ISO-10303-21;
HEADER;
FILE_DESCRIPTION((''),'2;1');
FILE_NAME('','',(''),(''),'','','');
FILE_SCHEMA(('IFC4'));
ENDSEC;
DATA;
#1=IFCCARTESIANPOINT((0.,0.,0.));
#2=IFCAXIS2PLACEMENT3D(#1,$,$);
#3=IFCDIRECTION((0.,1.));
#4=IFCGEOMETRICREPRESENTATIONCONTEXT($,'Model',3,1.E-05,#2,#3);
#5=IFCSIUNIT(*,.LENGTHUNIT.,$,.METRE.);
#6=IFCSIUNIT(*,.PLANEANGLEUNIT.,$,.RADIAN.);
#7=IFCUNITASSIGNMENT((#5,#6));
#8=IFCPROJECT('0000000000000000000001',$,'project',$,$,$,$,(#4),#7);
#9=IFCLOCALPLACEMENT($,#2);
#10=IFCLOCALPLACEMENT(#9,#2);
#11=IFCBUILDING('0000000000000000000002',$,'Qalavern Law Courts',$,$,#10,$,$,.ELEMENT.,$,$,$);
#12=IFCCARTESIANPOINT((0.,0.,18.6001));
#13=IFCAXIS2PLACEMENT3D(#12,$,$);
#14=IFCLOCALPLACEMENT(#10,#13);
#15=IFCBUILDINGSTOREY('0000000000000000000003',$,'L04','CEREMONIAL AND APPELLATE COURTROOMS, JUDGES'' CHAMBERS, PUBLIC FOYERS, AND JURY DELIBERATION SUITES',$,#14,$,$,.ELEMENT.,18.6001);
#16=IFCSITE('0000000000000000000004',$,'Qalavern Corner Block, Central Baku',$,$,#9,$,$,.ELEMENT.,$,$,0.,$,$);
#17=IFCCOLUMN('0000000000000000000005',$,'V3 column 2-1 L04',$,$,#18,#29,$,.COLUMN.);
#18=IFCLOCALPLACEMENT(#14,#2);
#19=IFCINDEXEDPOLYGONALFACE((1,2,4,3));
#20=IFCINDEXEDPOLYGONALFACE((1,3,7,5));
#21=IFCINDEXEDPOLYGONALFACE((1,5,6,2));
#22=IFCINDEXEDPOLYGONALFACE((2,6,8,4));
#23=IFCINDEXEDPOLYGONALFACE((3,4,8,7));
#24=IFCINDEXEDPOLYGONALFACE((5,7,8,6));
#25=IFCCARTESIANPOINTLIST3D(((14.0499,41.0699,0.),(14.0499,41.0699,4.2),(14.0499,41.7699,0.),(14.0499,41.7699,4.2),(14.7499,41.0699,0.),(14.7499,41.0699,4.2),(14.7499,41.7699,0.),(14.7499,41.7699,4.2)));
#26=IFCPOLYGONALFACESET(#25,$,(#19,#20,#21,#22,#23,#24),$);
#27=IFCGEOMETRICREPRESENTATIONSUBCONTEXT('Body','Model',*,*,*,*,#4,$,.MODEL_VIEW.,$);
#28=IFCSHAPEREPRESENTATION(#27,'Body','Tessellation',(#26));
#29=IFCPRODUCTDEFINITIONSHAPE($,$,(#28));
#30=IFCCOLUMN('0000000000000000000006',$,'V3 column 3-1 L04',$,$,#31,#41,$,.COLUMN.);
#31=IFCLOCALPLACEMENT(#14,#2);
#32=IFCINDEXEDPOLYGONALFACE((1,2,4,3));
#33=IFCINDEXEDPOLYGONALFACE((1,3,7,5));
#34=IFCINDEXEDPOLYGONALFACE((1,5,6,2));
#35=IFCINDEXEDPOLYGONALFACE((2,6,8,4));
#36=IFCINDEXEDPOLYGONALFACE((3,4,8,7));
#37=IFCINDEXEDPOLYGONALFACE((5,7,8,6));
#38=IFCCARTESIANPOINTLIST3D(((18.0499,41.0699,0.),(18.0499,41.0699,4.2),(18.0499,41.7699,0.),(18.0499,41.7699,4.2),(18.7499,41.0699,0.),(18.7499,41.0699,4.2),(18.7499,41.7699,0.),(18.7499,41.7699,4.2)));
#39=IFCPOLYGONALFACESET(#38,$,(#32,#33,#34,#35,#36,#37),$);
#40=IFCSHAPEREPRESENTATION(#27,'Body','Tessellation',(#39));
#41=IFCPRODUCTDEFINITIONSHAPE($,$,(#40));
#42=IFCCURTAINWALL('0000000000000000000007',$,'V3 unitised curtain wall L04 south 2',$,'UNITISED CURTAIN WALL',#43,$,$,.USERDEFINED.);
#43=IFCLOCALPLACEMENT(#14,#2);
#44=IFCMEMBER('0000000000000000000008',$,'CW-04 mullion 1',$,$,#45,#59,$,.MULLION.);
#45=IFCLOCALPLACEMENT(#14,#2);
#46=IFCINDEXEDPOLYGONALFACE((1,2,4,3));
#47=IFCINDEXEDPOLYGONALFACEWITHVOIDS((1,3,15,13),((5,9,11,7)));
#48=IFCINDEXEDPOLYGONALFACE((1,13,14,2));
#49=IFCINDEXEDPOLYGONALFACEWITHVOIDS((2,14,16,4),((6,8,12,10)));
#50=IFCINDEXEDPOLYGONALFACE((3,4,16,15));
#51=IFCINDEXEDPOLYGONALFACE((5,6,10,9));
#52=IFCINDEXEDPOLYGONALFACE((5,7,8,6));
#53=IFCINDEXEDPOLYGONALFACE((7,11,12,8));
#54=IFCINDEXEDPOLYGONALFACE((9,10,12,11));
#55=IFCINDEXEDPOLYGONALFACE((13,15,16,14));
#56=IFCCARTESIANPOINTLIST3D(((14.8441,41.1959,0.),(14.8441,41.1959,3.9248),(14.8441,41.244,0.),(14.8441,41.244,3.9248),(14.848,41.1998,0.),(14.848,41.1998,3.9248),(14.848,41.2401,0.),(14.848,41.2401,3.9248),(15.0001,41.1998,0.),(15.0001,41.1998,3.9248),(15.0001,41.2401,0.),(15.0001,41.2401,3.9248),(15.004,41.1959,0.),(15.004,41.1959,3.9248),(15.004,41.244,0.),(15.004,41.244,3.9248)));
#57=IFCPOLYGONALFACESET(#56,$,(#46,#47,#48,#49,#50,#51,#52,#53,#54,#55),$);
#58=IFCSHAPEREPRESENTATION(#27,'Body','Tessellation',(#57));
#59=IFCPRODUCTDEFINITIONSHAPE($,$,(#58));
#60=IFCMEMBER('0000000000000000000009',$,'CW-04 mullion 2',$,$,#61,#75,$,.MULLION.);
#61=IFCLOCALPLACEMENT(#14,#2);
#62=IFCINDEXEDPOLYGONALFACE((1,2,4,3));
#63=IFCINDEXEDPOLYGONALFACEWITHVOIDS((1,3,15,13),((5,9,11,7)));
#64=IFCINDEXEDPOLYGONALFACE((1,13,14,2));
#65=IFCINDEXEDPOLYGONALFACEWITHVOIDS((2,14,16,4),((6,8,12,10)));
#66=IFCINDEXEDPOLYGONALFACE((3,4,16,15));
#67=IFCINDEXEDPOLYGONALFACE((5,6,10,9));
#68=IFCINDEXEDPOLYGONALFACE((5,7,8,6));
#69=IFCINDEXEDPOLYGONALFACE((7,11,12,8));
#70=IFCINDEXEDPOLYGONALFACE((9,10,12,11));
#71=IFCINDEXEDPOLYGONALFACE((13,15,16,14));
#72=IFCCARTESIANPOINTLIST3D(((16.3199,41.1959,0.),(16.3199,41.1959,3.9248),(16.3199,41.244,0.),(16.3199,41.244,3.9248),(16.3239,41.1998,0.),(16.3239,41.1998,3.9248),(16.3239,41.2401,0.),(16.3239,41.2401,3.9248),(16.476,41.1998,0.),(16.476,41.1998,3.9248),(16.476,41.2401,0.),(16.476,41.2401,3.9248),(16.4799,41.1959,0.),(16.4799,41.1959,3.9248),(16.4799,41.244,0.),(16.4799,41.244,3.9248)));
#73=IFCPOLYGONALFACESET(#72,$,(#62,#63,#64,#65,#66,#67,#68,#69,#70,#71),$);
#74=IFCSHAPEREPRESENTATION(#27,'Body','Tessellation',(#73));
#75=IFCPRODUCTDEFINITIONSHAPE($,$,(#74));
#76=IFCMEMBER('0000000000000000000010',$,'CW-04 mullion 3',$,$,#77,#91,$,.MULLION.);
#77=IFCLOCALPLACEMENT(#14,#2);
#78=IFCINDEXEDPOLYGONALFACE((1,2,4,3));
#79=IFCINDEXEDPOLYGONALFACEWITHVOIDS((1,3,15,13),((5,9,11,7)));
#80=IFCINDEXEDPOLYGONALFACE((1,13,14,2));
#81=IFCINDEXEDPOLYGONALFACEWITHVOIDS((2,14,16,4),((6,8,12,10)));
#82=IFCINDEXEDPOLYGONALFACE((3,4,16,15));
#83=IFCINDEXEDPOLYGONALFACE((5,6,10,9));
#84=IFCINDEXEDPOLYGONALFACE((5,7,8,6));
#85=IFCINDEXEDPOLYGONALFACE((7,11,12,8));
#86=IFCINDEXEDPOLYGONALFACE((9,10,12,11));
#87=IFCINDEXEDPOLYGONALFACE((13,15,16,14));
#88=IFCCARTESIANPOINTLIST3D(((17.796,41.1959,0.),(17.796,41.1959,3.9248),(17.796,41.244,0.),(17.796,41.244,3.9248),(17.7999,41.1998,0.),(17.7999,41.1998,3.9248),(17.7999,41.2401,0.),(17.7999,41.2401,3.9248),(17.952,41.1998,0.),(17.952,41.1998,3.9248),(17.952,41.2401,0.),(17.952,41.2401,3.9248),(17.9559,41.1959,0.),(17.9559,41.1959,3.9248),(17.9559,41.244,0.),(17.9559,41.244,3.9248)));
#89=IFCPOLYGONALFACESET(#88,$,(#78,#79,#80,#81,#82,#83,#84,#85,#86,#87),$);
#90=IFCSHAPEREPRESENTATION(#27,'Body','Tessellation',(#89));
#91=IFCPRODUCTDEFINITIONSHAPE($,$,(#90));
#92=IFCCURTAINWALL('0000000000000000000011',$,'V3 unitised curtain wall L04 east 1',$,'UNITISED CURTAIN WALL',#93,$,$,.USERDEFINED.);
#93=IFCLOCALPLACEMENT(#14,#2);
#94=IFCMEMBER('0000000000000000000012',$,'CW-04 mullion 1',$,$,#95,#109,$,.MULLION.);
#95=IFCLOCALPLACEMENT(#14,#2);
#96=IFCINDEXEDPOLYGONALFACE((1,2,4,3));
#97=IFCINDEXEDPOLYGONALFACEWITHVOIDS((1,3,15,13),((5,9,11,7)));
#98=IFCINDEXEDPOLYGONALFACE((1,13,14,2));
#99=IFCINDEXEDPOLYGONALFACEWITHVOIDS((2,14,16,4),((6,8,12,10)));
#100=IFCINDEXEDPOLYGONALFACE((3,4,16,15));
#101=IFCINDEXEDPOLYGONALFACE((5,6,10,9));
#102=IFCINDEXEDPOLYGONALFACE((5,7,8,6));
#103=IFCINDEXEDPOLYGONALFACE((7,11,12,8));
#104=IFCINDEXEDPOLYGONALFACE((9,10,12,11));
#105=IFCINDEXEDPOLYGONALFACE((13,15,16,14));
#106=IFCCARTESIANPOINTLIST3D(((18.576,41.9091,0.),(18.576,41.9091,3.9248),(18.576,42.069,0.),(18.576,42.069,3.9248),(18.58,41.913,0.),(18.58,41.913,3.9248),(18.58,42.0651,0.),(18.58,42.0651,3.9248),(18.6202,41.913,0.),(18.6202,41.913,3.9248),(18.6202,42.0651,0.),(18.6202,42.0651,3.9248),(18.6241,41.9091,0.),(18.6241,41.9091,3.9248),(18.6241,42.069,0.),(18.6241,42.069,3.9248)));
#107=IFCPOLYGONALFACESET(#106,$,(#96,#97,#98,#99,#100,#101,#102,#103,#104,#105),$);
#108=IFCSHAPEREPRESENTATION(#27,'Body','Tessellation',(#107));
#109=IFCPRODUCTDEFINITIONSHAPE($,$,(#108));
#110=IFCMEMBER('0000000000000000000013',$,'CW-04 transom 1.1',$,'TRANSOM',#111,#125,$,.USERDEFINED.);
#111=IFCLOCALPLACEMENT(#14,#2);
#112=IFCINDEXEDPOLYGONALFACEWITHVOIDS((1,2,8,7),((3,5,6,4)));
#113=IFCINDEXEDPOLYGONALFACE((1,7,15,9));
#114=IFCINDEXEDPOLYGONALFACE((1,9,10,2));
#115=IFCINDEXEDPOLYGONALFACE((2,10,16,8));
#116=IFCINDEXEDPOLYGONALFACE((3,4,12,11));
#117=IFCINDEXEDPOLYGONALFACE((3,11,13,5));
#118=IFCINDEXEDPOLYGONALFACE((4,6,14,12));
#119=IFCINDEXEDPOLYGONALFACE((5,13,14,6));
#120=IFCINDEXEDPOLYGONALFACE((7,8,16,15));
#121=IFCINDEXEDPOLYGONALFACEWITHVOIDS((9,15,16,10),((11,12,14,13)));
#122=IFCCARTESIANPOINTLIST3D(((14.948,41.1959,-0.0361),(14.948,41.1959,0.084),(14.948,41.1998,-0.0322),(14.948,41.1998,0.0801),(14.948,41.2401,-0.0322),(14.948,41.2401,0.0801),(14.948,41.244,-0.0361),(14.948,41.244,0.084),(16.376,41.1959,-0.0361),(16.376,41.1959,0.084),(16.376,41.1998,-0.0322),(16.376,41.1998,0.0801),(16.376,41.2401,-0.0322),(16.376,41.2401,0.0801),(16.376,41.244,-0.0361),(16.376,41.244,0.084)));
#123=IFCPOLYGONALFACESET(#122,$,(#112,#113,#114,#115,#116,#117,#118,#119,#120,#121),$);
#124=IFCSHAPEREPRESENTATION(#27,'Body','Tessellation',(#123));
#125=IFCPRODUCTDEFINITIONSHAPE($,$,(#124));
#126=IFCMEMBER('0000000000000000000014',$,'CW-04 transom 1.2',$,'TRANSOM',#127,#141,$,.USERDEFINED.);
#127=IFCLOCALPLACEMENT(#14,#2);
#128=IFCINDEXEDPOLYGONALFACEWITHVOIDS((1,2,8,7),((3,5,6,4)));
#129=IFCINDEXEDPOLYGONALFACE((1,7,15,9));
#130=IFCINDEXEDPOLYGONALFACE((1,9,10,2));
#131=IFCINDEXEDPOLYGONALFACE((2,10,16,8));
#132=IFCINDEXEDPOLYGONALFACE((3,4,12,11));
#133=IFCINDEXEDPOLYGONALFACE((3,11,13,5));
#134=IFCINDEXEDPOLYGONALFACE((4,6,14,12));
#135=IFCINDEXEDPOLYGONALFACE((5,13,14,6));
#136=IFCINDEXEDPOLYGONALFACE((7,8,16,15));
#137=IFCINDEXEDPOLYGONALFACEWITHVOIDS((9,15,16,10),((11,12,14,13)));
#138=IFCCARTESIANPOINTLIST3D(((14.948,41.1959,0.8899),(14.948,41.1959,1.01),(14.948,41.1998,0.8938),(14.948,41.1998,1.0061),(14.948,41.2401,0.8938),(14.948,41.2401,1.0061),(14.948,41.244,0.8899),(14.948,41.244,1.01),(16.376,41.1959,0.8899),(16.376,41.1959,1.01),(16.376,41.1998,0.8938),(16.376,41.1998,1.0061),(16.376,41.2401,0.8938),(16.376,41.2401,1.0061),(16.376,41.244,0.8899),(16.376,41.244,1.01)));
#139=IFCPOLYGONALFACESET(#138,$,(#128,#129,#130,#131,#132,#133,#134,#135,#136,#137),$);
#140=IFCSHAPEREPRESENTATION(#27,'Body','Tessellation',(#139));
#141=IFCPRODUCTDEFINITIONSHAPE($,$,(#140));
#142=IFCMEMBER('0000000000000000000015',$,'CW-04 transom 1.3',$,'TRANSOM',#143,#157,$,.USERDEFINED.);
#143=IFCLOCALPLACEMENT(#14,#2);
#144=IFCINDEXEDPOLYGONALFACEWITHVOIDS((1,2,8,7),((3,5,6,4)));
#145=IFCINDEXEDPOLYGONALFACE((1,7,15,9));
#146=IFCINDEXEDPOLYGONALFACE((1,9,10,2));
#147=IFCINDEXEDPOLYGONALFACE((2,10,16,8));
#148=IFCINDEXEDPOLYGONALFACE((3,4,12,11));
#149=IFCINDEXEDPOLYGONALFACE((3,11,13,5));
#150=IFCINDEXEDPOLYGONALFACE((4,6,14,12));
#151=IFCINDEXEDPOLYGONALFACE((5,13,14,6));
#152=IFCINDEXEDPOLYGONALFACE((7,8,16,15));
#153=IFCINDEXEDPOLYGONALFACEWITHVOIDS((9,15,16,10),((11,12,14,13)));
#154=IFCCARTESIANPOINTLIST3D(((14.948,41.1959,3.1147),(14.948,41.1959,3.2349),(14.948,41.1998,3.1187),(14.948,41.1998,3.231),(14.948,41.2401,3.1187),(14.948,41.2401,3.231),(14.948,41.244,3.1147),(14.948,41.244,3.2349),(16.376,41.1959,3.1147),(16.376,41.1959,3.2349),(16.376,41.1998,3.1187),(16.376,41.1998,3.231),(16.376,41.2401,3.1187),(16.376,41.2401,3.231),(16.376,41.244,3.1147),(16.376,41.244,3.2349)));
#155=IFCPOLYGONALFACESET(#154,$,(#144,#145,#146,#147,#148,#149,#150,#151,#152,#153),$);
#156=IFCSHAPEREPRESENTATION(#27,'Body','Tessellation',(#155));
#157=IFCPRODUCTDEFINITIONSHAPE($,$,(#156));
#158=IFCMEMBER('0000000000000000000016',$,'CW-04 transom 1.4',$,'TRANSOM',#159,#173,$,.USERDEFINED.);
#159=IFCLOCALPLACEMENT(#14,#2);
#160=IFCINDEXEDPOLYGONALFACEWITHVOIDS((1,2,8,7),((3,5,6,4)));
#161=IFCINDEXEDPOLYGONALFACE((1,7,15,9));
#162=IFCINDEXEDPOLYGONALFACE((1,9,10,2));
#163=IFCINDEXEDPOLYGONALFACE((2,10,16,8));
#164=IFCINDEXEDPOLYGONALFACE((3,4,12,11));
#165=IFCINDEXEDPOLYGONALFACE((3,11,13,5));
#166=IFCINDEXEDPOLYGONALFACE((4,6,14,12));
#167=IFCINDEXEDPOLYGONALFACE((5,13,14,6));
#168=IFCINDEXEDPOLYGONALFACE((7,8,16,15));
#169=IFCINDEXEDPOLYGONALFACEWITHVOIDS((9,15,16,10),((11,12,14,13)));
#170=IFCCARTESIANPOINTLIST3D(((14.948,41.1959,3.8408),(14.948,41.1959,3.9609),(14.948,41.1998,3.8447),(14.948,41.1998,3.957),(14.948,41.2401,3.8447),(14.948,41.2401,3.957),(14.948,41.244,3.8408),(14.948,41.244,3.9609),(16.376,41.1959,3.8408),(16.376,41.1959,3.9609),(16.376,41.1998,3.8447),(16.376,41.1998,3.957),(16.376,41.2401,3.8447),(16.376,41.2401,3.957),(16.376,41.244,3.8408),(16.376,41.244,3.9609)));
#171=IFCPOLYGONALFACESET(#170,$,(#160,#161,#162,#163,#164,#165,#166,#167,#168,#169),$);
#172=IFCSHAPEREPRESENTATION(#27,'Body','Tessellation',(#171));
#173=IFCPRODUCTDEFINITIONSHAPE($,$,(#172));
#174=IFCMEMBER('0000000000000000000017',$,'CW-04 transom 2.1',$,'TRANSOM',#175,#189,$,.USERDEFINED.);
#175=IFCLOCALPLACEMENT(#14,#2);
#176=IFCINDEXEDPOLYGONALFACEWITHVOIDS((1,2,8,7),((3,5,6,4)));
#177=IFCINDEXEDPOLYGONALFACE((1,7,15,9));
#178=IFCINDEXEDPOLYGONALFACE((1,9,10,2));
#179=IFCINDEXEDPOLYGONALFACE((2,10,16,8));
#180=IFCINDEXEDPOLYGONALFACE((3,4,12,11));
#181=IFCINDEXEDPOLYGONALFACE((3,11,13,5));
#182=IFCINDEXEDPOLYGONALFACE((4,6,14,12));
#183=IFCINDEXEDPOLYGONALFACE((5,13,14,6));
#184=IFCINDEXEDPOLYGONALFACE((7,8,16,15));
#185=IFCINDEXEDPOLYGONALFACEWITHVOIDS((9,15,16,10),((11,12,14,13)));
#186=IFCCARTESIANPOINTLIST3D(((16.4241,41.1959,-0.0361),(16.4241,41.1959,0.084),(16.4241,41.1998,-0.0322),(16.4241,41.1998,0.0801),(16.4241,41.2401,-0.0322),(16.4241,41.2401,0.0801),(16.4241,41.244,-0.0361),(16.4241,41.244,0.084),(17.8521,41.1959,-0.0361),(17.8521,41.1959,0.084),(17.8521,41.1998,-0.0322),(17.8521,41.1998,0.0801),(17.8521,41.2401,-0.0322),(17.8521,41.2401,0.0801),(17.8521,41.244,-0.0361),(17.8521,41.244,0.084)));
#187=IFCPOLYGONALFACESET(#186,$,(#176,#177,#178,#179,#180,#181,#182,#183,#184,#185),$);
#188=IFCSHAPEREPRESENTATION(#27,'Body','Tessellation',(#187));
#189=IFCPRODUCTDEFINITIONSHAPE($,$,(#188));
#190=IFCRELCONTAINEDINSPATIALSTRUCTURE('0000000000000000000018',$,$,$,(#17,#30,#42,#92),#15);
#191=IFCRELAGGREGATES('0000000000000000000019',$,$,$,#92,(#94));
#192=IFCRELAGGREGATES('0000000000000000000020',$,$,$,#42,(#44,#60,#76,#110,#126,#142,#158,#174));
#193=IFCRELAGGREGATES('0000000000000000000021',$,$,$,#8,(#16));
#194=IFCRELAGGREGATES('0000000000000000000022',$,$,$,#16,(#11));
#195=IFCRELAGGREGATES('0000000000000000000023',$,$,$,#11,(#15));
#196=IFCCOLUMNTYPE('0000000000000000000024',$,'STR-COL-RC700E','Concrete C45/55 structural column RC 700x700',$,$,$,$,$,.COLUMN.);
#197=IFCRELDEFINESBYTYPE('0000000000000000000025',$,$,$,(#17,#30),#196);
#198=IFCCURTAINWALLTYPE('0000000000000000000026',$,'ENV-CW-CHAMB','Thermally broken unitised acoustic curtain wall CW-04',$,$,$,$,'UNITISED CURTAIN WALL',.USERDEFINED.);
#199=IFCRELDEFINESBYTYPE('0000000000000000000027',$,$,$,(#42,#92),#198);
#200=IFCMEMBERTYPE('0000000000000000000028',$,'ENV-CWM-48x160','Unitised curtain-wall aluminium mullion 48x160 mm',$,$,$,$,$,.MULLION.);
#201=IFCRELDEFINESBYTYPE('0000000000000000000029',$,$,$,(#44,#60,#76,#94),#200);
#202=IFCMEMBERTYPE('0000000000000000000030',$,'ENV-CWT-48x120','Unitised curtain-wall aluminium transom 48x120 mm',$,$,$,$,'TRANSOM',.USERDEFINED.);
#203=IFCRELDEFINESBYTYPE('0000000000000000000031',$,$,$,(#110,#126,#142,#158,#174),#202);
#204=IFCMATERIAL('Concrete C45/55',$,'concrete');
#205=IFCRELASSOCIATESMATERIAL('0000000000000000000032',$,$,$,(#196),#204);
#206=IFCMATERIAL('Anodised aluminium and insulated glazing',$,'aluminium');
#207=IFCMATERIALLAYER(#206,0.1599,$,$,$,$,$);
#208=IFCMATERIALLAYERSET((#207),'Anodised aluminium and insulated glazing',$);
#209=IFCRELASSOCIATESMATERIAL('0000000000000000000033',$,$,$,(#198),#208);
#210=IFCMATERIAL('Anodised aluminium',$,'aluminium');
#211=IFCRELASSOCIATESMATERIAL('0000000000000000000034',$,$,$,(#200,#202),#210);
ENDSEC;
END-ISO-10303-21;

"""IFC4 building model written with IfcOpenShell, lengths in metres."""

from ifc_helpers import new_model, si_unit, direction, frame, origin, origin_2d, place, context, subcontext, project, spatial, rectangle, hollow_rectangle, extrude, material, layer, layer_set, material_profile, profile_set, type_object, element, aggregate, save


model = new_model("IFC4")

# Units and contexts
model_context = context("Model", 3, precision=1e-05, world=origin(), true_north=direction((0.0, 1.0)))
body_context = subcontext(model_context, "Body", "Model", "MODEL_VIEW")
ifc_project = project(units=[si_unit("LENGTHUNIT", "METRE"), si_unit("PLANEANGLEUNIT", "RADIAN")], contexts=[model_context])

# Site, building, storey
site_placement = place(None, origin())
site = spatial("IfcSite", under=ifc_project, at=site_placement, Name="Qalavern Corner Block, Central Baku", CompositionType="ELEMENT", RefElevation=0.0)
building_placement = place(site_placement, origin())
building = spatial("IfcBuilding", under=site, at=building_placement, Name="Qalavern Law Courts", CompositionType="ELEMENT")
storey_placement = place(building_placement, frame((0.0, 0.0, 18.6001)))
storey = spatial("IfcBuildingStorey", under=building, at=storey_placement, Name="L04", Description="CEREMONIAL AND APPELLATE COURTROOMS, JUDGES' CHAMBERS, PUBLIC FOYERS, AND JURY DELIBERATION SUITES", CompositionType="ELEMENT", Elevation=18.6001)

# Columns
ifc_material_1 = material(Name="Concrete C45/55", Category="concrete")
ifc_material_profile_1 = material_profile(ifc_material_1, rectangle(XDim=0.7, YDim=0.7, at=origin_2d()), Name="RC 700x700")
ifc_profile_set_1 = profile_set([ifc_material_profile_1], Name="Concrete C45/55")
column_type = type_object("IfcColumnType", Name="STR-COL-RC700E", Description="Concrete C45/55 structural column RC 700x700", PredefinedType="COLUMN", material=ifc_profile_set_1)
for number, where, z_axis, x_axis, name in (
    (1, (14.3999, 41.4199, 0.0), (0.0, 0.0, 1.0), (1.0, 0.0, 0.0), "V3 column 2-1 L04"),
    (2, (18.3999, 41.4199, 0.0), (0.0, 0.0, 1.0), (1.0, 0.0, 0.0), "V3 column 3-1 L04"),
):
    element("IfcColumn", number, at=place(storey_placement, frame(where, z_axis=z_axis, x_axis=x_axis)), inside=storey, type_object=column_type, Name=name, PredefinedType="COLUMN", context=body_context, shape_type="SweptSolid", body=[
        extrude(rectangle(XDim=0.7, YDim=0.7, at=origin_2d()), origin(), (0.0, 0.0, 1.0), 4.2),
    ])

# Curtain wall, members
ifc_material_2 = material(Name="Anodised aluminium and insulated glazing", Category="aluminium")
ifc_layer_1 = layer(ifc_material_2, 0.1599)
ifc_layer_set_1 = layer_set([ifc_layer_1], Name="Anodised aluminium and insulated glazing")
curtain_wall_type = type_object("IfcCurtainWallType", Name="ENV-CW-CHAMB", Description="Thermally broken unitised acoustic curtain wall CW-04", ElementType="UNITISED CURTAIN WALL", PredefinedType="USERDEFINED", material=ifc_layer_set_1)
curtain_wall_1_placement = place(storey_placement, origin())
curtain_wall_1 = element("IfcCurtainWall", 3, at=curtain_wall_1_placement, inside=storey, type_object=curtain_wall_type, Name="V3 unitised curtain wall L04 south 2", ObjectType="UNITISED CURTAIN WALL", PredefinedType="USERDEFINED")
ifc_material_3 = material(Name="Anodised aluminium", Category="aluminium")
ifc_material_profile_2 = material_profile(ifc_material_3, hollow_rectangle(XDim=0.0481, YDim=0.1599, WallThickness=0.0039, at=origin_2d()), Name="ALU MULLION 48x160")
ifc_profile_set_2 = profile_set([ifc_material_profile_2], Name="Anodised aluminium")
member_type_1 = type_object("IfcMemberType", Name="ENV-CWM-48x160", Description="Unitised curtain-wall aluminium mullion 48x160 mm", PredefinedType="MULLION", material=ifc_profile_set_2)
member_1_placement = place(storey_placement, frame((14.9241, 41.22, 0.0), z_axis=(0.0, 0.0, 1.0), x_axis=(0.0, 1.0, 0.0)))
member_1 = element("IfcMember", 4, at=member_1_placement, type_object=member_type_1, Name="CW-04 mullion 1", PredefinedType="MULLION", context=body_context, shape_type="SweptSolid", body=[
    extrude(hollow_rectangle(XDim=0.0481, YDim=0.1599, WallThickness=0.0039, at=origin_2d()), origin(), (0.0, 0.0, 1.0), 3.9248),
])
member_2_placement = place(storey_placement, frame((16.3999, 41.22, 0.0), z_axis=(0.0, 0.0, 1.0), x_axis=(0.0, 1.0, 0.0)))
member_2 = element("IfcMember", 5, at=member_2_placement, type_object=member_type_1, Name="CW-04 mullion 2", PredefinedType="MULLION", context=body_context, shape_type="SweptSolid", body=[
    extrude(hollow_rectangle(XDim=0.0481, YDim=0.1599, WallThickness=0.0039, at=origin_2d()), origin(), (0.0, 0.0, 1.0), 3.9248),
])
member_3_placement = place(storey_placement, frame((17.876, 41.22, 0.0), z_axis=(0.0, 0.0, 1.0), x_axis=(0.0, 1.0, 0.0)))
member_3 = element("IfcMember", 6, at=member_3_placement, type_object=member_type_1, Name="CW-04 mullion 3", PredefinedType="MULLION", context=body_context, shape_type="SweptSolid", body=[
    extrude(hollow_rectangle(XDim=0.0481, YDim=0.1599, WallThickness=0.0039, at=origin_2d()), origin(), (0.0, 0.0, 1.0), 3.9248),
])

# Curtain wall, member
curtain_wall_2_placement = place(storey_placement, origin())
curtain_wall_2 = element("IfcCurtainWall", 7, at=curtain_wall_2_placement, inside=storey, type_object=curtain_wall_type, Name="V3 unitised curtain wall L04 east 1", ObjectType="UNITISED CURTAIN WALL", PredefinedType="USERDEFINED")
member_4_placement = place(storey_placement, frame((18.6001, 41.989, 0.0), z_axis=(0.0, 0.0, 1.0), x_axis=(-1.0, 0.0, 0.0)))
member_4 = element("IfcMember", 8, at=member_4_placement, type_object=member_type_1, Name="CW-04 mullion 1", PredefinedType="MULLION", context=body_context, shape_type="SweptSolid", body=[
    extrude(hollow_rectangle(XDim=0.0481, YDim=0.1599, WallThickness=0.0039, at=origin_2d()), origin(), (0.0, 0.0, 1.0), 3.9248),
])

# Members
ifc_material_profile_3 = material_profile(ifc_material_3, hollow_rectangle(XDim=0.0481, YDim=0.1201, WallThickness=0.0039, at=origin_2d()), Name="ALU TRANSOM 48x120")
ifc_profile_set_3 = profile_set([ifc_material_profile_3], Name="Anodised aluminium")
member_type_2 = type_object("IfcMemberType", Name="ENV-CWT-48x120", Description="Unitised curtain-wall aluminium transom 48x120 mm", ElementType="TRANSOM", PredefinedType="USERDEFINED", material=ifc_profile_set_3)
member_5_placement = place(storey_placement, frame((14.948, 41.22, 0.0239), z_axis=(1.0, 0.0, 0.0), x_axis=(0.0, 1.0, 0.0)))
member_5 = element("IfcMember", 9, at=member_5_placement, type_object=member_type_2, Name="CW-04 transom 1.1", ObjectType="TRANSOM", PredefinedType="USERDEFINED", context=body_context, shape_type="SweptSolid", body=[
    extrude(hollow_rectangle(XDim=0.0481, YDim=0.1201, WallThickness=0.0039, at=origin_2d()), origin(), (0.0, 0.0, 1.0), 1.428),
])
member_6_placement = place(storey_placement, frame((14.948, 41.22, 0.95), z_axis=(1.0, 0.0, 0.0), x_axis=(0.0, 1.0, 0.0)))
member_6 = element("IfcMember", 10, at=member_6_placement, type_object=member_type_2, Name="CW-04 transom 1.2", ObjectType="TRANSOM", PredefinedType="USERDEFINED", context=body_context, shape_type="SweptSolid", body=[
    extrude(hollow_rectangle(XDim=0.0481, YDim=0.1201, WallThickness=0.0039, at=origin_2d()), origin(), (0.0, 0.0, 1.0), 1.428),
])
member_7_placement = place(storey_placement, frame((14.948, 41.22, 3.1748), z_axis=(1.0, 0.0, 0.0), x_axis=(0.0, 1.0, 0.0)))
member_7 = element("IfcMember", 11, at=member_7_placement, type_object=member_type_2, Name="CW-04 transom 1.3", ObjectType="TRANSOM", PredefinedType="USERDEFINED", context=body_context, shape_type="SweptSolid", body=[
    extrude(hollow_rectangle(XDim=0.0481, YDim=0.1201, WallThickness=0.0039, at=origin_2d()), origin(), (0.0, 0.0, 1.0), 1.428),
])
member_8_placement = place(storey_placement, frame((14.948, 41.22, 3.9009), z_axis=(1.0, 0.0, 0.0), x_axis=(0.0, 1.0, 0.0)))
member_8 = element("IfcMember", 12, at=member_8_placement, type_object=member_type_2, Name="CW-04 transom 1.4", ObjectType="TRANSOM", PredefinedType="USERDEFINED", context=body_context, shape_type="SweptSolid", body=[
    extrude(hollow_rectangle(XDim=0.0481, YDim=0.1201, WallThickness=0.0039, at=origin_2d()), origin(), (0.0, 0.0, 1.0), 1.428),
])
member_9_placement = place(storey_placement, frame((16.4241, 41.22, 0.0239), z_axis=(1.0, 0.0, 0.0), x_axis=(0.0, 1.0, 0.0)))
member_9 = element("IfcMember", 13, at=member_9_placement, type_object=member_type_2, Name="CW-04 transom 2.1", ObjectType="TRANSOM", PredefinedType="USERDEFINED", context=body_context, shape_type="SweptSolid", body=[
    extrude(hollow_rectangle(XDim=0.0481, YDim=0.1201, WallThickness=0.0039, at=origin_2d()), origin(), (0.0, 0.0, 1.0), 1.428),
])

aggregate(curtain_wall_2, [member_4])
aggregate(curtain_wall_1, [member_1, member_2, member_3, member_5, member_6, member_7, member_8, member_9])

save(model, "model.ifc")
